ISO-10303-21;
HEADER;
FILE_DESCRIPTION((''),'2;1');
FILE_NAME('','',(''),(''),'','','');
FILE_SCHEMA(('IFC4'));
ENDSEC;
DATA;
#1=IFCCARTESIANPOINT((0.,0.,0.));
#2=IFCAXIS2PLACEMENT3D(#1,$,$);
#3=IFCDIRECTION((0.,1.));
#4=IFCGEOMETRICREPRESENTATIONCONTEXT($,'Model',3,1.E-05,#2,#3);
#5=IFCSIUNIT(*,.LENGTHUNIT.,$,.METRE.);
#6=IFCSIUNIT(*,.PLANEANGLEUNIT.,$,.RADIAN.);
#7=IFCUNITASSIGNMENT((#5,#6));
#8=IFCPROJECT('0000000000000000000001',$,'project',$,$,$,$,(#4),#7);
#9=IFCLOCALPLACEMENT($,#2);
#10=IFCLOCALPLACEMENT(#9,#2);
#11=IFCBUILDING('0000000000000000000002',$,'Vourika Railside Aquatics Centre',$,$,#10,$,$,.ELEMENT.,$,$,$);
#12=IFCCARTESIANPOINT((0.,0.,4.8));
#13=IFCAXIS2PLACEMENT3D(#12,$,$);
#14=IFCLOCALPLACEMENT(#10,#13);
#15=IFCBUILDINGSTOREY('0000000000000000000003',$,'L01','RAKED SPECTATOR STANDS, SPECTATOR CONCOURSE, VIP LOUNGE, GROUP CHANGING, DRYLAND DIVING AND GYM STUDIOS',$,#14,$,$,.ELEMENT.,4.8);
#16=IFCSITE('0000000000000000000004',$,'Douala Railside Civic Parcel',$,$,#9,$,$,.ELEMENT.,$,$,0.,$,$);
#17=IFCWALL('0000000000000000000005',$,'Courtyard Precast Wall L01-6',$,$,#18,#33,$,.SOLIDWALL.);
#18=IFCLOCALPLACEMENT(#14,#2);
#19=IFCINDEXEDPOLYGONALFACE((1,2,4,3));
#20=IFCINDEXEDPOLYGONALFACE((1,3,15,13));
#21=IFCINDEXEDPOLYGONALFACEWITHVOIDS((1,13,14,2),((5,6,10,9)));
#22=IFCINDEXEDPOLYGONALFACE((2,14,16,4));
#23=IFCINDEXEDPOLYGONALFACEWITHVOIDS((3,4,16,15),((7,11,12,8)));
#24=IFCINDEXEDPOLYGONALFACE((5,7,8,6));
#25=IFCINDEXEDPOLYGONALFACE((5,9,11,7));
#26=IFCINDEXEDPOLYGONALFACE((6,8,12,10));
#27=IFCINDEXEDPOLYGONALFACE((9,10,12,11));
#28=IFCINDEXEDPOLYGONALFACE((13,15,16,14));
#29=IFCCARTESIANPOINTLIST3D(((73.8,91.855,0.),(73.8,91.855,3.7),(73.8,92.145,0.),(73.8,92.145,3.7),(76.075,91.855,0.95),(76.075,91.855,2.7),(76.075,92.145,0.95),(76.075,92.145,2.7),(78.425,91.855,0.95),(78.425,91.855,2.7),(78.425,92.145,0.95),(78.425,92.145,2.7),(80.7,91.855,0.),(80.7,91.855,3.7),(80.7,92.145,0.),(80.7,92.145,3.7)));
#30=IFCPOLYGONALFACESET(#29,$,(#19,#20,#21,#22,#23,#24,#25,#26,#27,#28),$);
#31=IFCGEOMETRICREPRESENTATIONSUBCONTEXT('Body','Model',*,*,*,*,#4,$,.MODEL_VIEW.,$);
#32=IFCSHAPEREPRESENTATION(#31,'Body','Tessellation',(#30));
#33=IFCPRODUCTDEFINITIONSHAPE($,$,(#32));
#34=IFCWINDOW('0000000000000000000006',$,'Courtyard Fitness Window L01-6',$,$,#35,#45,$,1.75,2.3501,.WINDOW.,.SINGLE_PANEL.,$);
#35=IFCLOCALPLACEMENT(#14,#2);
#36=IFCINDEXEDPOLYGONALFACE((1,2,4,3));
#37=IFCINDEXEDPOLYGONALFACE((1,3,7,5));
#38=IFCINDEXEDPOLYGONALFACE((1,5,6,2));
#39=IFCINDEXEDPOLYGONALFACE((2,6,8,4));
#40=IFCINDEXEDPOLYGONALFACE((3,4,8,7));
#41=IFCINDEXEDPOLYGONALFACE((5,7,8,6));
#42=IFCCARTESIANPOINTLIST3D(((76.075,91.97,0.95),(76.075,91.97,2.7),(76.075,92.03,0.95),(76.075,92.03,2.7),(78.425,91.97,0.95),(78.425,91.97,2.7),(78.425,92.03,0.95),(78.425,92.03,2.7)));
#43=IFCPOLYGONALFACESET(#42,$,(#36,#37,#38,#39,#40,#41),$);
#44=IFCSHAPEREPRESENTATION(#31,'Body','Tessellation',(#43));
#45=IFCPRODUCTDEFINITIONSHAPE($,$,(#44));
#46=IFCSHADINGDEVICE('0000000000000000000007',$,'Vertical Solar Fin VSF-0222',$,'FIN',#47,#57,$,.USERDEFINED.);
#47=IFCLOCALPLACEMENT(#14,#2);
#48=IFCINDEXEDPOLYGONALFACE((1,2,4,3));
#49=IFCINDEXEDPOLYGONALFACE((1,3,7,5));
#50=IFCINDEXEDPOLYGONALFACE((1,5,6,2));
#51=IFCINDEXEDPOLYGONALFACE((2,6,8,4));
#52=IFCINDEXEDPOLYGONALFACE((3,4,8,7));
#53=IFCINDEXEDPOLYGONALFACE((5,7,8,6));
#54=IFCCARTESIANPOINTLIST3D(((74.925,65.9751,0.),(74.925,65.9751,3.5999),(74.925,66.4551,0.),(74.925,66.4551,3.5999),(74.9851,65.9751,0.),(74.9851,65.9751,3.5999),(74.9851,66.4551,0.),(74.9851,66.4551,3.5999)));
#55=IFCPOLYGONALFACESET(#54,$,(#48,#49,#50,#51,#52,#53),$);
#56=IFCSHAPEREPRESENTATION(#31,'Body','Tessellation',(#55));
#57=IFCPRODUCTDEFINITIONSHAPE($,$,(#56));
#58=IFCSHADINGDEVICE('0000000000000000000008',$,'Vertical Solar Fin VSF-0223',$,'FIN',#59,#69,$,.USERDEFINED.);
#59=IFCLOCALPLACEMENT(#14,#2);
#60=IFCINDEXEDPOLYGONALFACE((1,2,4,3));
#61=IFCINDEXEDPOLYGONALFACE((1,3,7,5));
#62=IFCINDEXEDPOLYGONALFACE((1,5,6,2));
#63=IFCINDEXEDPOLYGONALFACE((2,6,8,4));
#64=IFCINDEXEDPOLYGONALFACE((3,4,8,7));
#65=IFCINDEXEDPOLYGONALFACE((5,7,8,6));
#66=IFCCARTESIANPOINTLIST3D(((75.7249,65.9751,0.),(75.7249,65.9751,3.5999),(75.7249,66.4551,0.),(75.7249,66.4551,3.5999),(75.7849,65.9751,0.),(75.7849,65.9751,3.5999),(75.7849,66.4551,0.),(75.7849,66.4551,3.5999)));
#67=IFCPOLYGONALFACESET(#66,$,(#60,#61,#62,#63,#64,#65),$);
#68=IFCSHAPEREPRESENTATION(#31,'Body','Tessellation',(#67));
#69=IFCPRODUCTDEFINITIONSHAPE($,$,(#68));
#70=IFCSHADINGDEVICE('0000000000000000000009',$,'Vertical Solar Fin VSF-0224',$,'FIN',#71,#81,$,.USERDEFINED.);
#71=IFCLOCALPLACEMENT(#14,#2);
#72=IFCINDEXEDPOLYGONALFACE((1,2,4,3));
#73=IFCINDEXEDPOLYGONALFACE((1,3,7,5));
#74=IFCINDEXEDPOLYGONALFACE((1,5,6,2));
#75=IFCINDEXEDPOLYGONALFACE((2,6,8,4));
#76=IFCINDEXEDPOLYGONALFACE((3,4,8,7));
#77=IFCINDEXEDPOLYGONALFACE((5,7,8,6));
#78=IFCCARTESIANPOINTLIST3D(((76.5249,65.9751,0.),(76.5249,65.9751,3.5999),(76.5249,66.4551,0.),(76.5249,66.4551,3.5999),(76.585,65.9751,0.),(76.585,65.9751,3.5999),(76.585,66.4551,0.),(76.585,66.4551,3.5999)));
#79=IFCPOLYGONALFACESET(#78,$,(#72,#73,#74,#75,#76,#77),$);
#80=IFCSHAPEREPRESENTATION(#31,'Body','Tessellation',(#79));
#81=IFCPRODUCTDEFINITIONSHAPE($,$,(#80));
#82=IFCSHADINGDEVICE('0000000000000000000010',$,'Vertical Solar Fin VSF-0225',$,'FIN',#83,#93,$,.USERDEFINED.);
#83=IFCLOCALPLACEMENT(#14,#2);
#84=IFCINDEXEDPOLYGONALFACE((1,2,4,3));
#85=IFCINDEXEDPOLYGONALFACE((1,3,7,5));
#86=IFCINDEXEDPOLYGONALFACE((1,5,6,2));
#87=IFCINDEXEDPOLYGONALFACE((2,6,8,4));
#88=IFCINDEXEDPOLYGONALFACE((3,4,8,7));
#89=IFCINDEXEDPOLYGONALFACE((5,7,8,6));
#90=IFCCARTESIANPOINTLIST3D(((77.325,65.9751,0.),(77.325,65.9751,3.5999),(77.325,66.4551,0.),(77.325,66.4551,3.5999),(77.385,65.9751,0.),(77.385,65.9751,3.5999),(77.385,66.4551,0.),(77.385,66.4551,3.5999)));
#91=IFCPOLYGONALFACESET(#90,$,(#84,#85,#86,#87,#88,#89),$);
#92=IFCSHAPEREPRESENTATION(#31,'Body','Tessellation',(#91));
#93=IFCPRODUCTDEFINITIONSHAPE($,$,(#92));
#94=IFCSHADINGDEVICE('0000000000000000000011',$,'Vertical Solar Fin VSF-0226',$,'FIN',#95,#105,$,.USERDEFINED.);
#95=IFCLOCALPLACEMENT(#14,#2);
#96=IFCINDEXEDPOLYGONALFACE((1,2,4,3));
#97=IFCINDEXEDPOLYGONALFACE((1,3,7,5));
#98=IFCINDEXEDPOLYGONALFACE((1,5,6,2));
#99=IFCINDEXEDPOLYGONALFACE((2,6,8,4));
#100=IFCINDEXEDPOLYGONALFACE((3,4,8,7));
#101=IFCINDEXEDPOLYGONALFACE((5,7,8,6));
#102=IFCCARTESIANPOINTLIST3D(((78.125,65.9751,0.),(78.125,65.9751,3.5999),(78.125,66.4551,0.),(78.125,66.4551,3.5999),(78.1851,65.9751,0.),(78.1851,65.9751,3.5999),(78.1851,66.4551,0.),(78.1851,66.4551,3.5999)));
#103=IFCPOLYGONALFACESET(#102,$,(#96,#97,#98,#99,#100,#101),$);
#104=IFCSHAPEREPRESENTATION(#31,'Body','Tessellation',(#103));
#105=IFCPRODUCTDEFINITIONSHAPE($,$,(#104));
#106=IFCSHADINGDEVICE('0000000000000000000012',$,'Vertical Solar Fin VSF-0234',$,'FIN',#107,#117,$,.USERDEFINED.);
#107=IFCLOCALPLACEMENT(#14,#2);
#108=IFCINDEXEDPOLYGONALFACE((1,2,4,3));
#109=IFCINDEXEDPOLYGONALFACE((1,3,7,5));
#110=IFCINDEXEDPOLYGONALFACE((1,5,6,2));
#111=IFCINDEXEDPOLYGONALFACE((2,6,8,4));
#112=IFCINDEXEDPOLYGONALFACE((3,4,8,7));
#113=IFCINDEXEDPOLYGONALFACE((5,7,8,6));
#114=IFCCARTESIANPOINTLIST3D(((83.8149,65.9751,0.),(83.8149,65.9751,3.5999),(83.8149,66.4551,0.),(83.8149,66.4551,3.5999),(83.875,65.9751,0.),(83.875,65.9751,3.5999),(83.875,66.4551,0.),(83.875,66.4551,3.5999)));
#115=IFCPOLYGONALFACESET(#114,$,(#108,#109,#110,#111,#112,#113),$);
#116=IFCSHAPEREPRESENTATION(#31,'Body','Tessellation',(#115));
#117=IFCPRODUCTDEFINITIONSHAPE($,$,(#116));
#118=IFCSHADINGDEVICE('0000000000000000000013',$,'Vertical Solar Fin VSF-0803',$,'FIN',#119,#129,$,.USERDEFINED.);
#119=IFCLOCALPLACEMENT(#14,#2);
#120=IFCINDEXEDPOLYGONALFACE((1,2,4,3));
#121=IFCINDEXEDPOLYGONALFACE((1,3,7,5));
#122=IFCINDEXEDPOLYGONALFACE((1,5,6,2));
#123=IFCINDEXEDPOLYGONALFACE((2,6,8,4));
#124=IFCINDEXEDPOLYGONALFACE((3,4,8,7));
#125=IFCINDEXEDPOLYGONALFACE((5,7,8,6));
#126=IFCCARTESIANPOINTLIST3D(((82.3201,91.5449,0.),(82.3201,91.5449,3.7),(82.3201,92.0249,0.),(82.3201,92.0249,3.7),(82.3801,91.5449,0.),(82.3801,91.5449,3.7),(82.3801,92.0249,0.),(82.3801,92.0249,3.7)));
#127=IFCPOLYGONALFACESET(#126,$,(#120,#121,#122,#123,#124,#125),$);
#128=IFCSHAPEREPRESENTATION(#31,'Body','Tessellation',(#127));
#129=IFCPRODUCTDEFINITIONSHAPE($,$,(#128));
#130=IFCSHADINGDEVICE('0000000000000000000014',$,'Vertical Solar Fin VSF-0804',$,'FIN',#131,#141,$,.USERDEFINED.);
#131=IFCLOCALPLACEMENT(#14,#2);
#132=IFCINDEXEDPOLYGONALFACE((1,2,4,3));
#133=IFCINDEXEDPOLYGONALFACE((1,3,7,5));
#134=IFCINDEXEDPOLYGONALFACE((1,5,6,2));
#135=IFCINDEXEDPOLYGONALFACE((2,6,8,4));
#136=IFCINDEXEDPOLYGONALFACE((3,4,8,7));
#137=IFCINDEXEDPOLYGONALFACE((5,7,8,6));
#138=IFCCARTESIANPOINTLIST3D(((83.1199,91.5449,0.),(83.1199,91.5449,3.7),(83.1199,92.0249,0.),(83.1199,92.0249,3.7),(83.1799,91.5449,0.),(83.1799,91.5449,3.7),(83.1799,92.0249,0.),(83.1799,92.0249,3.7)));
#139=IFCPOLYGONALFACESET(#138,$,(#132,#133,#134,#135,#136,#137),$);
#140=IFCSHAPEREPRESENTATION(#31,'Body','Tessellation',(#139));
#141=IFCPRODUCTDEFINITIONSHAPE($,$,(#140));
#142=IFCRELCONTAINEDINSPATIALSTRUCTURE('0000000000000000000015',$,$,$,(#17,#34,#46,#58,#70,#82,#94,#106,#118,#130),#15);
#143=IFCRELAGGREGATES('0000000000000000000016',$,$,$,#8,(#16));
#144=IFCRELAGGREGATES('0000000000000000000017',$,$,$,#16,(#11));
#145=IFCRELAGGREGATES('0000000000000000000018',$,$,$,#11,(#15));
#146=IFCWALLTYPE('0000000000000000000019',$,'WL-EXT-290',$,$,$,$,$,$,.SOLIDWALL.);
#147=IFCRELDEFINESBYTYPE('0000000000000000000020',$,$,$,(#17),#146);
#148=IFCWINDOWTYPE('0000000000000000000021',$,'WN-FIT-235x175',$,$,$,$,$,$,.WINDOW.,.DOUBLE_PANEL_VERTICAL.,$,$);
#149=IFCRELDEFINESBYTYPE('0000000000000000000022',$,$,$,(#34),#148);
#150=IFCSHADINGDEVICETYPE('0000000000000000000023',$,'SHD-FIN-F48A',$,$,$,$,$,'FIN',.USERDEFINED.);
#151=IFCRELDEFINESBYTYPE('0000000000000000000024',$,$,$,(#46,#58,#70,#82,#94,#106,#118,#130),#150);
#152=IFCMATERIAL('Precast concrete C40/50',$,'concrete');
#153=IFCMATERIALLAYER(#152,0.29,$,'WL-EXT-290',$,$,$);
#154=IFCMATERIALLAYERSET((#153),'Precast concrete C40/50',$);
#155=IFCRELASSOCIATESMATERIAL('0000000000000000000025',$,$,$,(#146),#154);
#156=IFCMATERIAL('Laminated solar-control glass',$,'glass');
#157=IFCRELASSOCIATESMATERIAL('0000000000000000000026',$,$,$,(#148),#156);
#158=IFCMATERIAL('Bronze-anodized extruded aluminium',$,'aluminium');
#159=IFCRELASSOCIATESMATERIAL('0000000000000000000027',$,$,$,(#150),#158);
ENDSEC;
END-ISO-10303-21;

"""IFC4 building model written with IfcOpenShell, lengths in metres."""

from ifc_helpers import new_model, si_unit, direction, frame, frame_2d, origin, origin_2d, place, context, subcontext, project, spatial, rectangle, extrude, material, layer, layer_set, material_profile, profile_set, type_object, element, fill, save


model = new_model("IFC4")

# Units and contexts
model_context = context("Model", 3, precision=1e-05, world=origin(), true_north=direction((0.0, 1.0)))
body_context = subcontext(model_context, "Body", "Model", "MODEL_VIEW")
ifc_project = project(units=[si_unit("LENGTHUNIT", "METRE"), si_unit("PLANEANGLEUNIT", "RADIAN")], contexts=[model_context])

# Site, building, storey
site_placement = place(None, origin())
site = spatial("IfcSite", under=ifc_project, at=site_placement, Name="Douala Railside Civic Parcel", CompositionType="ELEMENT", RefElevation=0.0)
building_placement = place(site_placement, origin())
building = spatial("IfcBuilding", under=site, at=building_placement, Name="Vourika Railside Aquatics Centre", CompositionType="ELEMENT")
storey_placement = place(building_placement, frame((0.0, 0.0, 4.8)))
storey = spatial("IfcBuildingStorey", under=building, at=storey_placement, Name="L01", Description="RAKED SPECTATOR STANDS, SPECTATOR CONCOURSE, VIP LOUNGE, GROUP CHANGING, DRYLAND DIVING AND GYM STUDIOS", CompositionType="ELEMENT", Elevation=4.8)

# Wall, opening, window
ifc_material_1 = material(Name="Precast concrete C40/50", Category="concrete")
ifc_layer_1 = layer(ifc_material_1, 0.29, Name="WL-EXT-290")
ifc_layer_set_1 = layer_set([ifc_layer_1], Name="Precast concrete C40/50")
wall_type = type_object("IfcWallType", Name="WL-EXT-290", PredefinedType="SOLIDWALL", material=ifc_layer_set_1)
wall_placement = place(storey_placement, frame((73.8, 92.0, 0.0), z_axis=(0.0, 0.0, 1.0), x_axis=(1.0, 0.0, 0.0)))
wall = element("IfcWall", 1, at=wall_placement, inside=storey, type_object=wall_type, Name="Courtyard Precast Wall L01-6", PredefinedType="SOLIDWALL", context=body_context, shape_type="SweptSolid", body=[
    extrude(rectangle(XDim=6.8999, YDim=0.29, at=frame_2d((3.45, 0.0))), origin(), (0.0, 0.0, 1.0), 3.7),
])
opening_placement = place(wall_placement, frame((2.2749, 0.0, 0.95)))
opening = element("IfcOpeningElement", 2, at=opening_placement, cuts=wall, PredefinedType="OPENING", context=body_context, shape_type="SweptSolid", body=[
    extrude(rectangle(XDim=2.3501, YDim=1.75, at=frame_2d((1.175, 0.875))), frame((0.0, 0.155, 0.0), z_axis=(0.0, -1.0, 0.0), x_axis=(1.0, 0.0, 0.0)), (0.0, 0.0, 1.0), 0.3101),
])
ifc_material_2 = material(Name="Laminated solar-control glass", Category="glass")
window_type = type_object("IfcWindowType", Name="WN-FIT-235x175", PartitioningType="DOUBLE_PANEL_VERTICAL", PredefinedType="WINDOW", material=ifc_material_2)
window_placement = place(opening_placement, origin())
window = element("IfcWindow", 3, at=window_placement, inside=storey, type_object=window_type, Name="Courtyard Fitness Window L01-6", OverallHeight=1.75, OverallWidth=2.3501, PartitioningType="SINGLE_PANEL", PredefinedType="WINDOW", context=body_context, shape_type="SweptSolid", body=[
    extrude(rectangle(XDim=2.3501, YDim=1.75, at=frame_2d((1.175, 0.875))), frame((0.0, 0.03, 0.0), z_axis=(0.0, -1.0, 0.0), x_axis=(1.0, 0.0, 0.0)), (0.0, 0.0, 1.0), 0.0601),
])
fill(opening, window)

# Shading devices
ifc_material_3 = material(Name="Bronze-anodized extruded aluminium", Category="aluminium")
ifc_material_profile_1 = material_profile(ifc_material_3, rectangle(XDim=0.0601, YDim=0.48, at=origin_2d()), Name="ALU-FIN 60x480")
ifc_profile_set_1 = profile_set([ifc_material_profile_1], Name="Bronze-anodized extruded aluminium")
shading_device_type = type_object("IfcShadingDeviceType", Name="SHD-FIN-F48A", ElementType="FIN", PredefinedType="USERDEFINED", material=ifc_profile_set_1)
for number, where, z_axis, x_axis, name in (
    (4, (74.9551, 66.2151, 0.0), (0.0, 0.0, 1.0), (1.0, 0.0, 0.0), "Vertical Solar Fin VSF-0222"),
    (5, (75.7549, 66.2151, 0.0), (0.0, 0.0, 1.0), (1.0, 0.0, 0.0), "Vertical Solar Fin VSF-0223"),
    (6, (76.5549, 66.2151, 0.0), (0.0, 0.0, 1.0), (1.0, 0.0, 0.0), "Vertical Solar Fin VSF-0224"),
    (7, (77.355, 66.2151, 0.0), (0.0, 0.0, 1.0), (1.0, 0.0, 0.0), "Vertical Solar Fin VSF-0225"),
    (8, (78.155, 66.2151, 0.0), (0.0, 0.0, 1.0), (1.0, 0.0, 0.0), "Vertical Solar Fin VSF-0226"),
    (9, (83.845, 66.2151, 0.0), (0.0, 0.0, 1.0), (1.0, 0.0, 0.0), "Vertical Solar Fin VSF-0234"),
):
    element("IfcShadingDevice", number, at=place(storey_placement, frame(where, z_axis=z_axis, x_axis=x_axis)), inside=storey, type_object=shading_device_type, Name=name, ObjectType="FIN", PredefinedType="USERDEFINED", context=body_context, shape_type="SweptSolid", body=[
        extrude(rectangle(XDim=0.0601, YDim=0.48, at=origin_2d()), origin(), (0.0, 0.0, 1.0), 3.5999),
    ])
for number, where, z_axis, x_axis, name in (
    (10, (82.3501, 91.7849, 0.0), (0.0, 0.0, 1.0), (-1.0, 0.0, 0.0), "Vertical Solar Fin VSF-0803"),
    (11, (83.1499, 91.7849, 0.0), (0.0, 0.0, 1.0), (-1.0, 0.0, 0.0), "Vertical Solar Fin VSF-0804"),
):
    element("IfcShadingDevice", number, at=place(storey_placement, frame(where, z_axis=z_axis, x_axis=x_axis)), inside=storey, type_object=shading_device_type, Name=name, ObjectType="FIN", PredefinedType="USERDEFINED", context=body_context, shape_type="SweptSolid", body=[
        extrude(rectangle(XDim=0.0601, YDim=0.48, at=origin_2d()), origin(), (0.0, 0.0, 1.0), 3.7),
    ])

save(model, "model.ifc")
